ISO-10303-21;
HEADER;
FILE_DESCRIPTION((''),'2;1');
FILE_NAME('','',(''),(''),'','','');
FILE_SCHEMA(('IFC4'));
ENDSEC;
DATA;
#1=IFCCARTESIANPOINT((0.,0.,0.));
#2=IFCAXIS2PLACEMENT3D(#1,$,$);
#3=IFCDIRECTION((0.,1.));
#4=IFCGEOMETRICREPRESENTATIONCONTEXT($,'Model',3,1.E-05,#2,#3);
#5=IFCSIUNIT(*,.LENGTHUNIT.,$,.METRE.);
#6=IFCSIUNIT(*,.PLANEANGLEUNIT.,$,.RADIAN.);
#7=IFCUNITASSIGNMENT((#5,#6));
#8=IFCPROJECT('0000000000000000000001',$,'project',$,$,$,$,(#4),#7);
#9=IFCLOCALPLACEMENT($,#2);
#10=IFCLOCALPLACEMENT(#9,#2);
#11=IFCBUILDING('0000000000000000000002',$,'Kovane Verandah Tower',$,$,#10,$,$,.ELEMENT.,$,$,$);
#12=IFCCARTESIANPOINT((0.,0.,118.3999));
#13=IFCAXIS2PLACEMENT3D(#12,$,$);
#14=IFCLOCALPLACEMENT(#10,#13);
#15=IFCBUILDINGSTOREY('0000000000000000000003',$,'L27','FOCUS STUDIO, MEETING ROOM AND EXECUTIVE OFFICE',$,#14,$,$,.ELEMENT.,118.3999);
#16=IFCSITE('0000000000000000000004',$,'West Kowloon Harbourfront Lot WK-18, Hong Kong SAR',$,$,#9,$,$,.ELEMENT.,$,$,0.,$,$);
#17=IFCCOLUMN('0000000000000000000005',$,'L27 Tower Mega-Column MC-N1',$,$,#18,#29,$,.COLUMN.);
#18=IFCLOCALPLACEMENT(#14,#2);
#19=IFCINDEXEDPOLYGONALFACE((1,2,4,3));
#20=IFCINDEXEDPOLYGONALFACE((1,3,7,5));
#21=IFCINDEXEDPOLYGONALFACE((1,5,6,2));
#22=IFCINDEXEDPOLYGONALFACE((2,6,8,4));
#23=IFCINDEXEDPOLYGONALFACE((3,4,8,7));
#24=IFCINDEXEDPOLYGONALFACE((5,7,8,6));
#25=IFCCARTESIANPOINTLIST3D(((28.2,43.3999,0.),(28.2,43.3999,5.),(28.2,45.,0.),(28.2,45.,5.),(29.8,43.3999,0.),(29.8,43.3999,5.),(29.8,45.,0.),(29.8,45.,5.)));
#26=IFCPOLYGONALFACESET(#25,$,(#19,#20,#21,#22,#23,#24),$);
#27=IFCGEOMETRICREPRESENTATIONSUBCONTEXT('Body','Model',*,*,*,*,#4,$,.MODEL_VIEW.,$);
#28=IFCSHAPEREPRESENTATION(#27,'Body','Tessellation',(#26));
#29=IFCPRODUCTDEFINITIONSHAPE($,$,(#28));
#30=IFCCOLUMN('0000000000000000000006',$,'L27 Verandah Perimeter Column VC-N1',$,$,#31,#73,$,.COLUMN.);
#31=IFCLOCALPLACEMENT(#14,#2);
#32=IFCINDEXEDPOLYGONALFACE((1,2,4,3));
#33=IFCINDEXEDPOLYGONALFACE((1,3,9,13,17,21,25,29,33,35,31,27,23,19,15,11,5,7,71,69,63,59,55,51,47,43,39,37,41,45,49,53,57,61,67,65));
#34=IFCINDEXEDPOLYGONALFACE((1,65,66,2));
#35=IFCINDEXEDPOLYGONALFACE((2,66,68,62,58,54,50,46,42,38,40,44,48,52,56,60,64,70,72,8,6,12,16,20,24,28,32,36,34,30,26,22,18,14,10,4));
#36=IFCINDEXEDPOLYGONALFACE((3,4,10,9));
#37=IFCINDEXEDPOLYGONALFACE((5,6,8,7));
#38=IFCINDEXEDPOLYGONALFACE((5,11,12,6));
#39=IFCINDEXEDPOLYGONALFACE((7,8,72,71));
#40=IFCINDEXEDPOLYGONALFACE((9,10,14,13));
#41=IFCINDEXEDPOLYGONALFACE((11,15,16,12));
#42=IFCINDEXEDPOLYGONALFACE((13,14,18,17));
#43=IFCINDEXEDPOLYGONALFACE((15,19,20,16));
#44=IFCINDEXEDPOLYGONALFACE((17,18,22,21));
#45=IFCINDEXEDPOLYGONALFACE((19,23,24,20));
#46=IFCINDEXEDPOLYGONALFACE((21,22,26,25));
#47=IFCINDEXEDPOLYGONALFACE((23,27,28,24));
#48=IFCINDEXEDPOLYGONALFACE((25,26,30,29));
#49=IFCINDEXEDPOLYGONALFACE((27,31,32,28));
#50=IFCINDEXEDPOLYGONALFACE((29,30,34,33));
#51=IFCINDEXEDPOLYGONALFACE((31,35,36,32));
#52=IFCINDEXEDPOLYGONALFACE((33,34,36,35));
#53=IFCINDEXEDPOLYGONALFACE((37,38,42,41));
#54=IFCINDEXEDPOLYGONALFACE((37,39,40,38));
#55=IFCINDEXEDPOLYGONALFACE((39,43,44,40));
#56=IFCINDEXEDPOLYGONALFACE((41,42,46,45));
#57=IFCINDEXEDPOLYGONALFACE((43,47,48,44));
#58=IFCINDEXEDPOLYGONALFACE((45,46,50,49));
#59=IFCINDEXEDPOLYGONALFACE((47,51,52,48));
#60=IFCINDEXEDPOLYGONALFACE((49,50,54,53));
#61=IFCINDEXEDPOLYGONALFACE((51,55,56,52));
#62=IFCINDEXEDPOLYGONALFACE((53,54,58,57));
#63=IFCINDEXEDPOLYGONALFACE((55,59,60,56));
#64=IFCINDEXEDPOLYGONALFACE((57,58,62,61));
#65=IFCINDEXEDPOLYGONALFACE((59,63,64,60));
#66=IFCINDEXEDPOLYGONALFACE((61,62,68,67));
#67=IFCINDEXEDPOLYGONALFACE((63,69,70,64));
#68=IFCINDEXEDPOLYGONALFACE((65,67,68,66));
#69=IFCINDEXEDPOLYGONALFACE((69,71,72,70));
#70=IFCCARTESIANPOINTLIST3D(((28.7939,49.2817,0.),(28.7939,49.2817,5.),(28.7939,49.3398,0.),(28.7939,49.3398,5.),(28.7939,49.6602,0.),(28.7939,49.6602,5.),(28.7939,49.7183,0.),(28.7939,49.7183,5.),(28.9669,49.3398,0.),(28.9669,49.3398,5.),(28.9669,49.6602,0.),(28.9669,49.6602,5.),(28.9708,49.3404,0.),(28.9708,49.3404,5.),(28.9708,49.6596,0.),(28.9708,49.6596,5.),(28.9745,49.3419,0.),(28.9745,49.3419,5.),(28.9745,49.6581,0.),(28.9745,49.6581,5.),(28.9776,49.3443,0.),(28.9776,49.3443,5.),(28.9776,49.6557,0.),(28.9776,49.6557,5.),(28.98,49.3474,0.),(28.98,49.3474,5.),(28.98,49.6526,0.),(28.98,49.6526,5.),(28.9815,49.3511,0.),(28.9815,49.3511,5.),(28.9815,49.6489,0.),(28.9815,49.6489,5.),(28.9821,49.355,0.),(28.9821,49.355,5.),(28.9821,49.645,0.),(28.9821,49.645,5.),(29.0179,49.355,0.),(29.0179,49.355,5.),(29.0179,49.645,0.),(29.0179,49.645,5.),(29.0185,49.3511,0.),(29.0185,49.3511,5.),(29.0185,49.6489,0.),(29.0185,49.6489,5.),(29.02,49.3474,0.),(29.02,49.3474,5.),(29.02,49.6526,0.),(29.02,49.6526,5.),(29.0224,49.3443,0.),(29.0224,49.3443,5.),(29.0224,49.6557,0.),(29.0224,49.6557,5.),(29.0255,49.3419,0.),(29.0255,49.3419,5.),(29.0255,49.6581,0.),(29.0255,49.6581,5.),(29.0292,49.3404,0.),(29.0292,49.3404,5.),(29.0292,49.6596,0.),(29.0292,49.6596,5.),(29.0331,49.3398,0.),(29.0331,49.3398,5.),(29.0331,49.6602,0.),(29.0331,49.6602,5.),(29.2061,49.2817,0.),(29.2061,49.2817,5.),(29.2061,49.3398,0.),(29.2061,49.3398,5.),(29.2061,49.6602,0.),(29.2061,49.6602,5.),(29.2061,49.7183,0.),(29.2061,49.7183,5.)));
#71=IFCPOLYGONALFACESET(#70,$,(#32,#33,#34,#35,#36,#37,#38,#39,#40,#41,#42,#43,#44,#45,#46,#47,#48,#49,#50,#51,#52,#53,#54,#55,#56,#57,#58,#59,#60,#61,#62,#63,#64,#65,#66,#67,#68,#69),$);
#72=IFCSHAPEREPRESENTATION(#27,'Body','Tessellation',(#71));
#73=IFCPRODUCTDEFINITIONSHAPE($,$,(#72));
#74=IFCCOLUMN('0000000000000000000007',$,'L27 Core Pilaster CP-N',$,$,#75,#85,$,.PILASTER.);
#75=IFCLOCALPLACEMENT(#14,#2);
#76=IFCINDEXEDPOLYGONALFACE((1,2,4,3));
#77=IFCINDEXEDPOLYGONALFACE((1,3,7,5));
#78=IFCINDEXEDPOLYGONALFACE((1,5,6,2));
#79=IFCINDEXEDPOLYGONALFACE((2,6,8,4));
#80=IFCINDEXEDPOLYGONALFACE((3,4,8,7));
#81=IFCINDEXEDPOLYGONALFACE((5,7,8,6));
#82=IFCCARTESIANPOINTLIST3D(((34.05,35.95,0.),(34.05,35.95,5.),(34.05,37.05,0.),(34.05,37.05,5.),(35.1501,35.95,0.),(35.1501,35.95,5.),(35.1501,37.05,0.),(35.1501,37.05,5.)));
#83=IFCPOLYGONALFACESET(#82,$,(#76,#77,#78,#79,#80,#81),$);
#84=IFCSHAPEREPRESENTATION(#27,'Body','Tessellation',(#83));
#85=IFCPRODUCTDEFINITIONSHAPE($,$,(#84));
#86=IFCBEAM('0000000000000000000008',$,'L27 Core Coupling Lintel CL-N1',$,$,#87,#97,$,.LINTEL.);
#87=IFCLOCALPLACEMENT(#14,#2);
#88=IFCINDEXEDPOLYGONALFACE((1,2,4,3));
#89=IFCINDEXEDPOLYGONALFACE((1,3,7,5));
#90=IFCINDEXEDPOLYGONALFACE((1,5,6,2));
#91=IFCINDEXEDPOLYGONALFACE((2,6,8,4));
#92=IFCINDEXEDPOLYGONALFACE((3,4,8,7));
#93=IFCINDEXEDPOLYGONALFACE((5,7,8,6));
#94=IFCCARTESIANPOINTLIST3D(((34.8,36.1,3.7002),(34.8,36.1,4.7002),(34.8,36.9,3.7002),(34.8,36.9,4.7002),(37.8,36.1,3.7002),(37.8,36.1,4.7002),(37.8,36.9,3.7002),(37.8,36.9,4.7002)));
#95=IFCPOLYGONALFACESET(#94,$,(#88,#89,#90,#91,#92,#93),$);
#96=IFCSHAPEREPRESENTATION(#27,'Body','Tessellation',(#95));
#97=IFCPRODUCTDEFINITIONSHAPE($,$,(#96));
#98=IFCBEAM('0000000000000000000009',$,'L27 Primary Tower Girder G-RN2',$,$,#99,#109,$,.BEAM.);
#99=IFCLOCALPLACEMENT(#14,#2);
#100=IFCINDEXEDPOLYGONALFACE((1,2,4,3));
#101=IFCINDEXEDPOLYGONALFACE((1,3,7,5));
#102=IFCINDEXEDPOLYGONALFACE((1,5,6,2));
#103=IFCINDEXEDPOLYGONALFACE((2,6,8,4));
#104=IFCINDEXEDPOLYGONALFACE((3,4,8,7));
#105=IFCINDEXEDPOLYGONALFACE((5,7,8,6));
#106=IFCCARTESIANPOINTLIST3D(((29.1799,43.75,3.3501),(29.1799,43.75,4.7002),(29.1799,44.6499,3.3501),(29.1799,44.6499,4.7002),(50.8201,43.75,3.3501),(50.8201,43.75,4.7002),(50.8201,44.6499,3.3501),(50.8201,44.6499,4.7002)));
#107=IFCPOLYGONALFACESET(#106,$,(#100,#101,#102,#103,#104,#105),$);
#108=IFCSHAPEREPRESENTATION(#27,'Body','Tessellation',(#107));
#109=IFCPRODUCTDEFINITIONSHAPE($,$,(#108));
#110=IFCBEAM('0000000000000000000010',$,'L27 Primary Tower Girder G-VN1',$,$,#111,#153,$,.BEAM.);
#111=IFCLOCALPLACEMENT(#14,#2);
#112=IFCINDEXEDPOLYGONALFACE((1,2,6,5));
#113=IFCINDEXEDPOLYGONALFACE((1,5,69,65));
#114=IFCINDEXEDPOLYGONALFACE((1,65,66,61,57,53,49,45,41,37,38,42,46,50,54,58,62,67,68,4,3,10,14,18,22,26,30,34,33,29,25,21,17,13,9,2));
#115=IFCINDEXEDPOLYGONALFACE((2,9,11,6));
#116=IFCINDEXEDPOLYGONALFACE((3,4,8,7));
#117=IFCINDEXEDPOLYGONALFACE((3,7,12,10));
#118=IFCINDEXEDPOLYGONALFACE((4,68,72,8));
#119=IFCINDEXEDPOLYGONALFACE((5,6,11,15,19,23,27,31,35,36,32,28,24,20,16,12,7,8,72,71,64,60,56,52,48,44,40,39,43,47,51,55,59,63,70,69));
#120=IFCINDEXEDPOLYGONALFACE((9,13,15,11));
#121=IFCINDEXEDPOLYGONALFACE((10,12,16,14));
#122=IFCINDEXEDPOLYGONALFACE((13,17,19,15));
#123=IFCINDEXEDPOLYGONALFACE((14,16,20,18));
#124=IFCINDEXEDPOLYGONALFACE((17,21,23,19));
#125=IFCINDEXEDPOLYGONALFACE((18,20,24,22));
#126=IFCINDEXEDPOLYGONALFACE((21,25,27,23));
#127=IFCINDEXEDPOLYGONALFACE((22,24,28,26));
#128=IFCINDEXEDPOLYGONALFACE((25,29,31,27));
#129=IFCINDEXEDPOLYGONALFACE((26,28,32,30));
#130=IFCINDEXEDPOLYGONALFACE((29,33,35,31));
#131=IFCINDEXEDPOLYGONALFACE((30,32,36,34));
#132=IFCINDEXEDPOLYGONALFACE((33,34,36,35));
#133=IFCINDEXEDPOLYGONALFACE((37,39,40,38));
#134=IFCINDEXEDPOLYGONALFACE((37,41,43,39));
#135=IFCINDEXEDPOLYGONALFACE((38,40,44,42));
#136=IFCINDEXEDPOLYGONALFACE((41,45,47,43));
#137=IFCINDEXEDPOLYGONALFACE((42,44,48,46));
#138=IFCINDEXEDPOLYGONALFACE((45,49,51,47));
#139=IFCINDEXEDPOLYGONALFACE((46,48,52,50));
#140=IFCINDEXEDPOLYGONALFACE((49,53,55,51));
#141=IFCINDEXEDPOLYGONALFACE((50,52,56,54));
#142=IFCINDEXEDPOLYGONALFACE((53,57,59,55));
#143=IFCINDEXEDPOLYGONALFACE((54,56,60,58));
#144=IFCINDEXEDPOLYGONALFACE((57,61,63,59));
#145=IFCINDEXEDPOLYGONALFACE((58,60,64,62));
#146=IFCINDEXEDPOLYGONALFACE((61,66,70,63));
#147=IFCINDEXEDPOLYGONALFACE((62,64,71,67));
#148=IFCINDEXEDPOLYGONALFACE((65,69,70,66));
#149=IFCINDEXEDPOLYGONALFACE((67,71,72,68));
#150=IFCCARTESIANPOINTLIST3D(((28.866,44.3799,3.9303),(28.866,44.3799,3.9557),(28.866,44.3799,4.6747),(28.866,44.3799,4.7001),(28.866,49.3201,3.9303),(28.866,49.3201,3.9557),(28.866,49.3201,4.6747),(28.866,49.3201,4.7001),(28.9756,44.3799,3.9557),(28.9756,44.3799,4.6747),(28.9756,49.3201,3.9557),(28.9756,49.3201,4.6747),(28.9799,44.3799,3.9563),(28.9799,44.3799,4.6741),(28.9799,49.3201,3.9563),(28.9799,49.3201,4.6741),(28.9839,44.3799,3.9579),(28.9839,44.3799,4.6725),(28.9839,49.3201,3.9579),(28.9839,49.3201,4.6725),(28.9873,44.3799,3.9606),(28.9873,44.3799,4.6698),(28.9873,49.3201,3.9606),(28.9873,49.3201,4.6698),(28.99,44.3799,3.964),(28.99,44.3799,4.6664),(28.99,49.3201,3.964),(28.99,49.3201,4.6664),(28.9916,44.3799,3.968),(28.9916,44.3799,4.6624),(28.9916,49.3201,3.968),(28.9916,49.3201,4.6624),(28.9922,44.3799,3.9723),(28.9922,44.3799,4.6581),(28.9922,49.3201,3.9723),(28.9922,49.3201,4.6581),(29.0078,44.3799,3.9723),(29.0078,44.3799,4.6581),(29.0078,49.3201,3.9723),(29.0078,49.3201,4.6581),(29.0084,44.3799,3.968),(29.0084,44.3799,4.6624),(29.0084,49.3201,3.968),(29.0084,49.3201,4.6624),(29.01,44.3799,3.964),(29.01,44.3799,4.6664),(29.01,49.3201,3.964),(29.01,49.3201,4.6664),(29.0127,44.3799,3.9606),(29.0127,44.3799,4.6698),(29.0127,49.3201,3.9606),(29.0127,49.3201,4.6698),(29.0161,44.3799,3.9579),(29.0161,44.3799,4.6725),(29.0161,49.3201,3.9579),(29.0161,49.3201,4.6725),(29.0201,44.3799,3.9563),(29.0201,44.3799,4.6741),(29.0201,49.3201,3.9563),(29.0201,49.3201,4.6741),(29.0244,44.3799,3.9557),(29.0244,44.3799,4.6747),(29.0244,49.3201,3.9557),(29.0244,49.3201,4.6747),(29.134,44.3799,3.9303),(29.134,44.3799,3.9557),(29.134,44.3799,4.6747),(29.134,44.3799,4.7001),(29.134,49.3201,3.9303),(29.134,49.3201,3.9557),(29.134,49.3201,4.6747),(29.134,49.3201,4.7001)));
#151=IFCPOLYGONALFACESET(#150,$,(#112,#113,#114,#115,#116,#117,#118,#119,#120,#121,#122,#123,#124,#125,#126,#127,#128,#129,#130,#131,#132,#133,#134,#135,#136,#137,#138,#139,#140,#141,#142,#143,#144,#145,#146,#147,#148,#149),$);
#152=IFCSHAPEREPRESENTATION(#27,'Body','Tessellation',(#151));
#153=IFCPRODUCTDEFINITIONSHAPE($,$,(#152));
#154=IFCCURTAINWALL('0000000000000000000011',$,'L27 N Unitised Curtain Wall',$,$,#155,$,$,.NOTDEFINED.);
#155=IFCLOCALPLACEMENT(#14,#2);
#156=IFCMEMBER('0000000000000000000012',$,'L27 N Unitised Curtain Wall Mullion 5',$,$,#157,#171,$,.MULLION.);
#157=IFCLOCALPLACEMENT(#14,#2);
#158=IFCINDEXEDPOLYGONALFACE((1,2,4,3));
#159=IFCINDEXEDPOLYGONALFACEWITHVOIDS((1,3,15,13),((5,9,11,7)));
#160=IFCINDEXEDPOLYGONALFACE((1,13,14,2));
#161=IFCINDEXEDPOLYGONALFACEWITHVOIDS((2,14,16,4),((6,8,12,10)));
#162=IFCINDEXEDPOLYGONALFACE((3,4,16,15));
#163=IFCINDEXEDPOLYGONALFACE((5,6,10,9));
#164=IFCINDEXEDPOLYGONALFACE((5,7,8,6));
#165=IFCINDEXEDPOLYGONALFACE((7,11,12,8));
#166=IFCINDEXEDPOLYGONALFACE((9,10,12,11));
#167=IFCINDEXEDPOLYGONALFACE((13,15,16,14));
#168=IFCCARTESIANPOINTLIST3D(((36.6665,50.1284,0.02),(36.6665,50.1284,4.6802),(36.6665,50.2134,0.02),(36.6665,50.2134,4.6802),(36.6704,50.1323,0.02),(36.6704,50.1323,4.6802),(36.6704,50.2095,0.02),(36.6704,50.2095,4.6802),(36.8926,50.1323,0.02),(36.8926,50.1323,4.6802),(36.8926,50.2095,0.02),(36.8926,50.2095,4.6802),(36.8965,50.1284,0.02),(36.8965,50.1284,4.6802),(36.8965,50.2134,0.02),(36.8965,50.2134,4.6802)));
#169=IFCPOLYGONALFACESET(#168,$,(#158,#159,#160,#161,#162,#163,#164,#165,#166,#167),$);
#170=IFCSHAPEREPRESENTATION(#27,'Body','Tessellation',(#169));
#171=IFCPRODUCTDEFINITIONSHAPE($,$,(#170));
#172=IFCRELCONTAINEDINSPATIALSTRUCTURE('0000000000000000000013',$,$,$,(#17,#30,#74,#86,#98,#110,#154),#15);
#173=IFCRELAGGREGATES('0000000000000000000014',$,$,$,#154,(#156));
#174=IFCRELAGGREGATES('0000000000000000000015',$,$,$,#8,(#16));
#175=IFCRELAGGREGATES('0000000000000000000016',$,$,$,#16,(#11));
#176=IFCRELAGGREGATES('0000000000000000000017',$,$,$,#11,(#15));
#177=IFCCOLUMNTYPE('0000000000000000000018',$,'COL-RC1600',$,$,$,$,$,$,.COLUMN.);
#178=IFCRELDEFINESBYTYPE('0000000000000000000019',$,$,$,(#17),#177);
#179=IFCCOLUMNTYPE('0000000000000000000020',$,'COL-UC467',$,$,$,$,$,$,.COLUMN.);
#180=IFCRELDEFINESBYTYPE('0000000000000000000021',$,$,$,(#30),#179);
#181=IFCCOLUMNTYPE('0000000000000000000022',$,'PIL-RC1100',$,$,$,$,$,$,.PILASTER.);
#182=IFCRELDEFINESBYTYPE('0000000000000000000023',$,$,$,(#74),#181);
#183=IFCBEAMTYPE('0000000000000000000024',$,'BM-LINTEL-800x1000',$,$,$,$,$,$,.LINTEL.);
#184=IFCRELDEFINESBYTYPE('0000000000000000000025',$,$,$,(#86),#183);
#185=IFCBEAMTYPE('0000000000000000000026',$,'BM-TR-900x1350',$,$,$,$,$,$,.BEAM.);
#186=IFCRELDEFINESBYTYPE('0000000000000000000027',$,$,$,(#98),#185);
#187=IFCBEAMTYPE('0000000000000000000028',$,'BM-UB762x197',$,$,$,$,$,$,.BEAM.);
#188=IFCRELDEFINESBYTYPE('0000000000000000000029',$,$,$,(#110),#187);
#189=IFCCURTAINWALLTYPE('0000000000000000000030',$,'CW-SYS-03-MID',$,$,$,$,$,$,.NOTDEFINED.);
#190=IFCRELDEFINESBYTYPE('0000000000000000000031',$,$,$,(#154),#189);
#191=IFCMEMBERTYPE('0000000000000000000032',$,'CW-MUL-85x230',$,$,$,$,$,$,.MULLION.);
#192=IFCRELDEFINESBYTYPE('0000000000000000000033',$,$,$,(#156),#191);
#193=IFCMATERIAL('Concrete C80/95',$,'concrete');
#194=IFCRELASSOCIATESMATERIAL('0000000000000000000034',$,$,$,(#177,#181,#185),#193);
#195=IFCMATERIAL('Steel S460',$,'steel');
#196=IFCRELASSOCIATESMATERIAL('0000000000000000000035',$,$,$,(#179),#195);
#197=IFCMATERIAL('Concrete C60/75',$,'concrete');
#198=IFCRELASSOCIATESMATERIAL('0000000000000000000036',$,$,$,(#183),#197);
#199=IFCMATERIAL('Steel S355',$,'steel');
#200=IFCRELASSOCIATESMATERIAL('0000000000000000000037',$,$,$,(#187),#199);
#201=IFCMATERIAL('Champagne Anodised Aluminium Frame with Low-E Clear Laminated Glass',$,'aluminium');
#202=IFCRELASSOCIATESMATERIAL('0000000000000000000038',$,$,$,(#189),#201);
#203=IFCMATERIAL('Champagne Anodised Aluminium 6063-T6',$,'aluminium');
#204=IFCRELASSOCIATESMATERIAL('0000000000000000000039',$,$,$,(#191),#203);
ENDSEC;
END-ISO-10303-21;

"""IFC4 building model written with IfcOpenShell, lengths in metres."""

from ifc_helpers import new_model, si_unit, direction, frame, origin, origin_2d, place, context, subcontext, project, spatial, rectangle, hollow_rectangle, i_section, extrude, material, material_profile, profile_set, type_object, element, aggregate, save


model = new_model("IFC4")

# Units and contexts
model_context = context("Model", 3, precision=1e-05, world=origin(), true_north=direction((0.0, 1.0)))
body_context = subcontext(model_context, "Body", "Model", "MODEL_VIEW")
ifc_project = project(units=[si_unit("LENGTHUNIT", "METRE"), si_unit("PLANEANGLEUNIT", "RADIAN")], contexts=[model_context])

# Site, building, storey
site_placement = place(None, origin())
site = spatial("IfcSite", under=ifc_project, at=site_placement, Name="West Kowloon Harbourfront Lot WK-18, Hong Kong SAR", CompositionType="ELEMENT", RefElevation=0.0)
building_placement = place(site_placement, origin())
building = spatial("IfcBuilding", under=site, at=building_placement, Name="Kovane Verandah Tower", CompositionType="ELEMENT")
storey_placement = place(building_placement, frame((0.0, 0.0, 118.3999)))
storey = spatial("IfcBuildingStorey", under=building, at=storey_placement, Name="L27", Description="FOCUS STUDIO, MEETING ROOM AND EXECUTIVE OFFICE", CompositionType="ELEMENT", Elevation=118.3999)

# Columns
ifc_material_1 = material(Name="Concrete C80/95", Category="concrete")
ifc_material_profile_1 = material_profile(ifc_material_1, rectangle(XDim=1.6001, YDim=1.6001, at=origin_2d()), Name="RC1600x1600")
ifc_profile_set_1 = profile_set([ifc_material_profile_1], Name="Concrete C80/95")
column_type_1 = type_object("IfcColumnType", Name="COL-RC1600", PredefinedType="COLUMN", material=ifc_profile_set_1)
column_1_placement = place(storey_placement, frame((29.0, 44.2, 0.0), z_axis=(0.0, 0.0, 1.0), x_axis=(1.0, 0.0, 0.0)))
element("IfcColumn", 1, at=column_1_placement, inside=storey, type_object=column_type_1, Name="L27 Tower Mega-Column MC-N1", PredefinedType="COLUMN", context=body_context, shape_type="SweptSolid", body=[
    extrude(rectangle(XDim=1.6001, YDim=1.6001, at=origin_2d()), origin(), (0.0, 0.0, 1.0), 5.0),
])
ifc_material_2 = material(Name="Steel S460", Category="steel")
ifc_material_profile_2 = material_profile(ifc_material_2, i_section(OverallWidth=0.4121, OverallDepth=0.4365, WebThickness=0.0359, FlangeThickness=0.0581, FilletRadius=0.0151, at=origin_2d()), Name="UC356x406x467")
ifc_profile_set_2 = profile_set([ifc_material_profile_2], Name="Steel S460")
column_type_2 = type_object("IfcColumnType", Name="COL-UC467", PredefinedType="COLUMN", material=ifc_profile_set_2)
column_2_placement = place(storey_placement, frame((29.0, 49.5, 0.0), z_axis=(0.0, 0.0, 1.0), x_axis=(1.0, 0.0, 0.0)))
element("IfcColumn", 2, at=column_2_placement, inside=storey, type_object=column_type_2, Name="L27 Verandah Perimeter Column VC-N1", PredefinedType="COLUMN", context=body_context, shape_type="SweptSolid", body=[
    extrude(i_section(OverallWidth=0.4121, OverallDepth=0.4365, WebThickness=0.0359, FlangeThickness=0.0581, FilletRadius=0.0151, at=origin_2d()), origin(), (0.0, 0.0, 1.0), 5.0),
])
ifc_material_profile_3 = material_profile(ifc_material_1, rectangle(XDim=1.1001, YDim=1.1001, at=origin_2d()), Name="RC1100x1100")
ifc_profile_set_3 = profile_set([ifc_material_profile_3], Name="Concrete C80/95")
column_type_3 = type_object("IfcColumnType", Name="PIL-RC1100", PredefinedType="PILASTER", material=ifc_profile_set_3)
column_3_placement = place(storey_placement, frame((34.6001, 36.5, 0.0), z_axis=(0.0, 0.0, 1.0), x_axis=(1.0, 0.0, 0.0)))
element("IfcColumn", 3, at=column_3_placement, inside=storey, type_object=column_type_3, Name="L27 Core Pilaster CP-N", PredefinedType="PILASTER", context=body_context, shape_type="SweptSolid", body=[
    extrude(rectangle(XDim=1.1001, YDim=1.1001, at=origin_2d()), origin(), (0.0, 0.0, 1.0), 5.0),
])

# Beams
ifc_material_3 = material(Name="Concrete C60/75", Category="concrete")
ifc_material_profile_4 = material_profile(ifc_material_3, rectangle(XDim=0.8, YDim=1.0, at=origin_2d()), Name="RCB800x1000")
ifc_profile_set_4 = profile_set([ifc_material_profile_4], Name="Concrete C60/75")
beam_type_1 = type_object("IfcBeamType", Name="BM-LINTEL-800x1000", PredefinedType="LINTEL", material=ifc_profile_set_4)
beam_1_placement = place(storey_placement, frame((34.8, 36.5, 4.2002), z_axis=(1.0, 0.0, 0.0), x_axis=(0.0, 1.0, 0.0)))
element("IfcBeam", 4, at=beam_1_placement, inside=storey, type_object=beam_type_1, Name="L27 Core Coupling Lintel CL-N1", PredefinedType="LINTEL", context=body_context, shape_type="SweptSolid", body=[
    extrude(rectangle(XDim=0.8, YDim=1.0, at=origin_2d()), origin(), (0.0, 0.0, 1.0), 3.0),
])
ifc_material_profile_5 = material_profile(ifc_material_1, rectangle(XDim=0.8999, YDim=1.3501, at=origin_2d()), Name="RCB900x1350")
ifc_profile_set_5 = profile_set([ifc_material_profile_5], Name="Concrete C80/95")
beam_type_2 = type_object("IfcBeamType", Name="BM-TR-900x1350", PredefinedType="BEAM", material=ifc_profile_set_5)
beam_2_placement = place(storey_placement, frame((29.1799, 44.2, 4.0251), z_axis=(1.0, 0.0, 0.0), x_axis=(0.0, 1.0, 0.0)))
element("IfcBeam", 5, at=beam_2_placement, inside=storey, type_object=beam_type_2, Name="L27 Primary Tower Girder G-RN2", PredefinedType="BEAM", context=body_context, shape_type="SweptSolid", body=[
    extrude(rectangle(XDim=0.8999, YDim=1.3501, at=origin_2d()), origin(), (0.0, 0.0, 1.0), 21.6401),
])
ifc_material_4 = material(Name="Steel S355", Category="steel")
ifc_material_profile_6 = material_profile(ifc_material_4, i_section(OverallWidth=0.2681, OverallDepth=0.7698, WebThickness=0.0156, FlangeThickness=0.0254, FilletRadius=0.0166, at=origin_2d()), Name="UB762x267x197")
ifc_profile_set_6 = profile_set([ifc_material_profile_6], Name="Steel S355")
beam_type_3 = type_object("IfcBeamType", Name="BM-UB762x197", PredefinedType="BEAM", material=ifc_profile_set_6)
beam_3_placement = place(storey_placement, frame((29.0, 44.3799, 4.3152), z_axis=(0.0, 1.0, 0.0), x_axis=(-1.0, 0.0, 0.0)))
element("IfcBeam", 6, at=beam_3_placement, inside=storey, type_object=beam_type_3, Name="L27 Primary Tower Girder G-VN1", PredefinedType="BEAM", context=body_context, shape_type="SweptSolid", body=[
    extrude(i_section(OverallWidth=0.2681, OverallDepth=0.7698, WebThickness=0.0156, FlangeThickness=0.0254, FilletRadius=0.0166, at=origin_2d()), origin(), (0.0, 0.0, 1.0), 4.9402),
])

# Curtain wall, member
ifc_material_5 = material(Name="Champagne Anodised Aluminium Frame with Low-E Clear Laminated Glass", Category="aluminium")
curtain_wall_type = type_object("IfcCurtainWallType", Name="CW-SYS-03-MID", PredefinedType="NOTDEFINED", material=ifc_material_5)
curtain_wall_placement = place(storey_placement, origin())
curtain_wall = element("IfcCurtainWall", 7, at=curtain_wall_placement, inside=storey, type_object=curtain_wall_type, Name="L27 N Unitised Curtain Wall", PredefinedType="NOTDEFINED")
ifc_material_6 = material(Name="Champagne Anodised Aluminium 6063-T6", Category="aluminium")
ifc_material_profile_7 = material_profile(ifc_material_6, hollow_rectangle(XDim=0.085, YDim=0.23, WallThickness=0.0039, at=origin_2d()), Name="AL85x230x4")
ifc_profile_set_7 = profile_set([ifc_material_profile_7], Name="Champagne Anodised Aluminium 6063-T6")
member_type_1 = type_object("IfcMemberType", Name="CW-MUL-85x230", PredefinedType="MULLION", material=ifc_profile_set_7)
member_1_placement = place(storey_placement, frame((36.7815, 50.1709, 0.02), z_axis=(0.0, 0.0, 1.0), x_axis=(0.0, 1.0, 0.0)))
member_1 = element("IfcMember", 8, at=member_1_placement, type_object=member_type_1, Name="L27 N Unitised Curtain Wall Mullion 5", PredefinedType="MULLION", context=body_context, shape_type="SweptSolid", body=[
    extrude(hollow_rectangle(XDim=0.085, YDim=0.23, WallThickness=0.0039, at=origin_2d()), origin(), (0.0, 0.0, 1.0), 4.6602),
])

aggregate(curtain_wall, [member_1])

save(model, "model.ifc")
